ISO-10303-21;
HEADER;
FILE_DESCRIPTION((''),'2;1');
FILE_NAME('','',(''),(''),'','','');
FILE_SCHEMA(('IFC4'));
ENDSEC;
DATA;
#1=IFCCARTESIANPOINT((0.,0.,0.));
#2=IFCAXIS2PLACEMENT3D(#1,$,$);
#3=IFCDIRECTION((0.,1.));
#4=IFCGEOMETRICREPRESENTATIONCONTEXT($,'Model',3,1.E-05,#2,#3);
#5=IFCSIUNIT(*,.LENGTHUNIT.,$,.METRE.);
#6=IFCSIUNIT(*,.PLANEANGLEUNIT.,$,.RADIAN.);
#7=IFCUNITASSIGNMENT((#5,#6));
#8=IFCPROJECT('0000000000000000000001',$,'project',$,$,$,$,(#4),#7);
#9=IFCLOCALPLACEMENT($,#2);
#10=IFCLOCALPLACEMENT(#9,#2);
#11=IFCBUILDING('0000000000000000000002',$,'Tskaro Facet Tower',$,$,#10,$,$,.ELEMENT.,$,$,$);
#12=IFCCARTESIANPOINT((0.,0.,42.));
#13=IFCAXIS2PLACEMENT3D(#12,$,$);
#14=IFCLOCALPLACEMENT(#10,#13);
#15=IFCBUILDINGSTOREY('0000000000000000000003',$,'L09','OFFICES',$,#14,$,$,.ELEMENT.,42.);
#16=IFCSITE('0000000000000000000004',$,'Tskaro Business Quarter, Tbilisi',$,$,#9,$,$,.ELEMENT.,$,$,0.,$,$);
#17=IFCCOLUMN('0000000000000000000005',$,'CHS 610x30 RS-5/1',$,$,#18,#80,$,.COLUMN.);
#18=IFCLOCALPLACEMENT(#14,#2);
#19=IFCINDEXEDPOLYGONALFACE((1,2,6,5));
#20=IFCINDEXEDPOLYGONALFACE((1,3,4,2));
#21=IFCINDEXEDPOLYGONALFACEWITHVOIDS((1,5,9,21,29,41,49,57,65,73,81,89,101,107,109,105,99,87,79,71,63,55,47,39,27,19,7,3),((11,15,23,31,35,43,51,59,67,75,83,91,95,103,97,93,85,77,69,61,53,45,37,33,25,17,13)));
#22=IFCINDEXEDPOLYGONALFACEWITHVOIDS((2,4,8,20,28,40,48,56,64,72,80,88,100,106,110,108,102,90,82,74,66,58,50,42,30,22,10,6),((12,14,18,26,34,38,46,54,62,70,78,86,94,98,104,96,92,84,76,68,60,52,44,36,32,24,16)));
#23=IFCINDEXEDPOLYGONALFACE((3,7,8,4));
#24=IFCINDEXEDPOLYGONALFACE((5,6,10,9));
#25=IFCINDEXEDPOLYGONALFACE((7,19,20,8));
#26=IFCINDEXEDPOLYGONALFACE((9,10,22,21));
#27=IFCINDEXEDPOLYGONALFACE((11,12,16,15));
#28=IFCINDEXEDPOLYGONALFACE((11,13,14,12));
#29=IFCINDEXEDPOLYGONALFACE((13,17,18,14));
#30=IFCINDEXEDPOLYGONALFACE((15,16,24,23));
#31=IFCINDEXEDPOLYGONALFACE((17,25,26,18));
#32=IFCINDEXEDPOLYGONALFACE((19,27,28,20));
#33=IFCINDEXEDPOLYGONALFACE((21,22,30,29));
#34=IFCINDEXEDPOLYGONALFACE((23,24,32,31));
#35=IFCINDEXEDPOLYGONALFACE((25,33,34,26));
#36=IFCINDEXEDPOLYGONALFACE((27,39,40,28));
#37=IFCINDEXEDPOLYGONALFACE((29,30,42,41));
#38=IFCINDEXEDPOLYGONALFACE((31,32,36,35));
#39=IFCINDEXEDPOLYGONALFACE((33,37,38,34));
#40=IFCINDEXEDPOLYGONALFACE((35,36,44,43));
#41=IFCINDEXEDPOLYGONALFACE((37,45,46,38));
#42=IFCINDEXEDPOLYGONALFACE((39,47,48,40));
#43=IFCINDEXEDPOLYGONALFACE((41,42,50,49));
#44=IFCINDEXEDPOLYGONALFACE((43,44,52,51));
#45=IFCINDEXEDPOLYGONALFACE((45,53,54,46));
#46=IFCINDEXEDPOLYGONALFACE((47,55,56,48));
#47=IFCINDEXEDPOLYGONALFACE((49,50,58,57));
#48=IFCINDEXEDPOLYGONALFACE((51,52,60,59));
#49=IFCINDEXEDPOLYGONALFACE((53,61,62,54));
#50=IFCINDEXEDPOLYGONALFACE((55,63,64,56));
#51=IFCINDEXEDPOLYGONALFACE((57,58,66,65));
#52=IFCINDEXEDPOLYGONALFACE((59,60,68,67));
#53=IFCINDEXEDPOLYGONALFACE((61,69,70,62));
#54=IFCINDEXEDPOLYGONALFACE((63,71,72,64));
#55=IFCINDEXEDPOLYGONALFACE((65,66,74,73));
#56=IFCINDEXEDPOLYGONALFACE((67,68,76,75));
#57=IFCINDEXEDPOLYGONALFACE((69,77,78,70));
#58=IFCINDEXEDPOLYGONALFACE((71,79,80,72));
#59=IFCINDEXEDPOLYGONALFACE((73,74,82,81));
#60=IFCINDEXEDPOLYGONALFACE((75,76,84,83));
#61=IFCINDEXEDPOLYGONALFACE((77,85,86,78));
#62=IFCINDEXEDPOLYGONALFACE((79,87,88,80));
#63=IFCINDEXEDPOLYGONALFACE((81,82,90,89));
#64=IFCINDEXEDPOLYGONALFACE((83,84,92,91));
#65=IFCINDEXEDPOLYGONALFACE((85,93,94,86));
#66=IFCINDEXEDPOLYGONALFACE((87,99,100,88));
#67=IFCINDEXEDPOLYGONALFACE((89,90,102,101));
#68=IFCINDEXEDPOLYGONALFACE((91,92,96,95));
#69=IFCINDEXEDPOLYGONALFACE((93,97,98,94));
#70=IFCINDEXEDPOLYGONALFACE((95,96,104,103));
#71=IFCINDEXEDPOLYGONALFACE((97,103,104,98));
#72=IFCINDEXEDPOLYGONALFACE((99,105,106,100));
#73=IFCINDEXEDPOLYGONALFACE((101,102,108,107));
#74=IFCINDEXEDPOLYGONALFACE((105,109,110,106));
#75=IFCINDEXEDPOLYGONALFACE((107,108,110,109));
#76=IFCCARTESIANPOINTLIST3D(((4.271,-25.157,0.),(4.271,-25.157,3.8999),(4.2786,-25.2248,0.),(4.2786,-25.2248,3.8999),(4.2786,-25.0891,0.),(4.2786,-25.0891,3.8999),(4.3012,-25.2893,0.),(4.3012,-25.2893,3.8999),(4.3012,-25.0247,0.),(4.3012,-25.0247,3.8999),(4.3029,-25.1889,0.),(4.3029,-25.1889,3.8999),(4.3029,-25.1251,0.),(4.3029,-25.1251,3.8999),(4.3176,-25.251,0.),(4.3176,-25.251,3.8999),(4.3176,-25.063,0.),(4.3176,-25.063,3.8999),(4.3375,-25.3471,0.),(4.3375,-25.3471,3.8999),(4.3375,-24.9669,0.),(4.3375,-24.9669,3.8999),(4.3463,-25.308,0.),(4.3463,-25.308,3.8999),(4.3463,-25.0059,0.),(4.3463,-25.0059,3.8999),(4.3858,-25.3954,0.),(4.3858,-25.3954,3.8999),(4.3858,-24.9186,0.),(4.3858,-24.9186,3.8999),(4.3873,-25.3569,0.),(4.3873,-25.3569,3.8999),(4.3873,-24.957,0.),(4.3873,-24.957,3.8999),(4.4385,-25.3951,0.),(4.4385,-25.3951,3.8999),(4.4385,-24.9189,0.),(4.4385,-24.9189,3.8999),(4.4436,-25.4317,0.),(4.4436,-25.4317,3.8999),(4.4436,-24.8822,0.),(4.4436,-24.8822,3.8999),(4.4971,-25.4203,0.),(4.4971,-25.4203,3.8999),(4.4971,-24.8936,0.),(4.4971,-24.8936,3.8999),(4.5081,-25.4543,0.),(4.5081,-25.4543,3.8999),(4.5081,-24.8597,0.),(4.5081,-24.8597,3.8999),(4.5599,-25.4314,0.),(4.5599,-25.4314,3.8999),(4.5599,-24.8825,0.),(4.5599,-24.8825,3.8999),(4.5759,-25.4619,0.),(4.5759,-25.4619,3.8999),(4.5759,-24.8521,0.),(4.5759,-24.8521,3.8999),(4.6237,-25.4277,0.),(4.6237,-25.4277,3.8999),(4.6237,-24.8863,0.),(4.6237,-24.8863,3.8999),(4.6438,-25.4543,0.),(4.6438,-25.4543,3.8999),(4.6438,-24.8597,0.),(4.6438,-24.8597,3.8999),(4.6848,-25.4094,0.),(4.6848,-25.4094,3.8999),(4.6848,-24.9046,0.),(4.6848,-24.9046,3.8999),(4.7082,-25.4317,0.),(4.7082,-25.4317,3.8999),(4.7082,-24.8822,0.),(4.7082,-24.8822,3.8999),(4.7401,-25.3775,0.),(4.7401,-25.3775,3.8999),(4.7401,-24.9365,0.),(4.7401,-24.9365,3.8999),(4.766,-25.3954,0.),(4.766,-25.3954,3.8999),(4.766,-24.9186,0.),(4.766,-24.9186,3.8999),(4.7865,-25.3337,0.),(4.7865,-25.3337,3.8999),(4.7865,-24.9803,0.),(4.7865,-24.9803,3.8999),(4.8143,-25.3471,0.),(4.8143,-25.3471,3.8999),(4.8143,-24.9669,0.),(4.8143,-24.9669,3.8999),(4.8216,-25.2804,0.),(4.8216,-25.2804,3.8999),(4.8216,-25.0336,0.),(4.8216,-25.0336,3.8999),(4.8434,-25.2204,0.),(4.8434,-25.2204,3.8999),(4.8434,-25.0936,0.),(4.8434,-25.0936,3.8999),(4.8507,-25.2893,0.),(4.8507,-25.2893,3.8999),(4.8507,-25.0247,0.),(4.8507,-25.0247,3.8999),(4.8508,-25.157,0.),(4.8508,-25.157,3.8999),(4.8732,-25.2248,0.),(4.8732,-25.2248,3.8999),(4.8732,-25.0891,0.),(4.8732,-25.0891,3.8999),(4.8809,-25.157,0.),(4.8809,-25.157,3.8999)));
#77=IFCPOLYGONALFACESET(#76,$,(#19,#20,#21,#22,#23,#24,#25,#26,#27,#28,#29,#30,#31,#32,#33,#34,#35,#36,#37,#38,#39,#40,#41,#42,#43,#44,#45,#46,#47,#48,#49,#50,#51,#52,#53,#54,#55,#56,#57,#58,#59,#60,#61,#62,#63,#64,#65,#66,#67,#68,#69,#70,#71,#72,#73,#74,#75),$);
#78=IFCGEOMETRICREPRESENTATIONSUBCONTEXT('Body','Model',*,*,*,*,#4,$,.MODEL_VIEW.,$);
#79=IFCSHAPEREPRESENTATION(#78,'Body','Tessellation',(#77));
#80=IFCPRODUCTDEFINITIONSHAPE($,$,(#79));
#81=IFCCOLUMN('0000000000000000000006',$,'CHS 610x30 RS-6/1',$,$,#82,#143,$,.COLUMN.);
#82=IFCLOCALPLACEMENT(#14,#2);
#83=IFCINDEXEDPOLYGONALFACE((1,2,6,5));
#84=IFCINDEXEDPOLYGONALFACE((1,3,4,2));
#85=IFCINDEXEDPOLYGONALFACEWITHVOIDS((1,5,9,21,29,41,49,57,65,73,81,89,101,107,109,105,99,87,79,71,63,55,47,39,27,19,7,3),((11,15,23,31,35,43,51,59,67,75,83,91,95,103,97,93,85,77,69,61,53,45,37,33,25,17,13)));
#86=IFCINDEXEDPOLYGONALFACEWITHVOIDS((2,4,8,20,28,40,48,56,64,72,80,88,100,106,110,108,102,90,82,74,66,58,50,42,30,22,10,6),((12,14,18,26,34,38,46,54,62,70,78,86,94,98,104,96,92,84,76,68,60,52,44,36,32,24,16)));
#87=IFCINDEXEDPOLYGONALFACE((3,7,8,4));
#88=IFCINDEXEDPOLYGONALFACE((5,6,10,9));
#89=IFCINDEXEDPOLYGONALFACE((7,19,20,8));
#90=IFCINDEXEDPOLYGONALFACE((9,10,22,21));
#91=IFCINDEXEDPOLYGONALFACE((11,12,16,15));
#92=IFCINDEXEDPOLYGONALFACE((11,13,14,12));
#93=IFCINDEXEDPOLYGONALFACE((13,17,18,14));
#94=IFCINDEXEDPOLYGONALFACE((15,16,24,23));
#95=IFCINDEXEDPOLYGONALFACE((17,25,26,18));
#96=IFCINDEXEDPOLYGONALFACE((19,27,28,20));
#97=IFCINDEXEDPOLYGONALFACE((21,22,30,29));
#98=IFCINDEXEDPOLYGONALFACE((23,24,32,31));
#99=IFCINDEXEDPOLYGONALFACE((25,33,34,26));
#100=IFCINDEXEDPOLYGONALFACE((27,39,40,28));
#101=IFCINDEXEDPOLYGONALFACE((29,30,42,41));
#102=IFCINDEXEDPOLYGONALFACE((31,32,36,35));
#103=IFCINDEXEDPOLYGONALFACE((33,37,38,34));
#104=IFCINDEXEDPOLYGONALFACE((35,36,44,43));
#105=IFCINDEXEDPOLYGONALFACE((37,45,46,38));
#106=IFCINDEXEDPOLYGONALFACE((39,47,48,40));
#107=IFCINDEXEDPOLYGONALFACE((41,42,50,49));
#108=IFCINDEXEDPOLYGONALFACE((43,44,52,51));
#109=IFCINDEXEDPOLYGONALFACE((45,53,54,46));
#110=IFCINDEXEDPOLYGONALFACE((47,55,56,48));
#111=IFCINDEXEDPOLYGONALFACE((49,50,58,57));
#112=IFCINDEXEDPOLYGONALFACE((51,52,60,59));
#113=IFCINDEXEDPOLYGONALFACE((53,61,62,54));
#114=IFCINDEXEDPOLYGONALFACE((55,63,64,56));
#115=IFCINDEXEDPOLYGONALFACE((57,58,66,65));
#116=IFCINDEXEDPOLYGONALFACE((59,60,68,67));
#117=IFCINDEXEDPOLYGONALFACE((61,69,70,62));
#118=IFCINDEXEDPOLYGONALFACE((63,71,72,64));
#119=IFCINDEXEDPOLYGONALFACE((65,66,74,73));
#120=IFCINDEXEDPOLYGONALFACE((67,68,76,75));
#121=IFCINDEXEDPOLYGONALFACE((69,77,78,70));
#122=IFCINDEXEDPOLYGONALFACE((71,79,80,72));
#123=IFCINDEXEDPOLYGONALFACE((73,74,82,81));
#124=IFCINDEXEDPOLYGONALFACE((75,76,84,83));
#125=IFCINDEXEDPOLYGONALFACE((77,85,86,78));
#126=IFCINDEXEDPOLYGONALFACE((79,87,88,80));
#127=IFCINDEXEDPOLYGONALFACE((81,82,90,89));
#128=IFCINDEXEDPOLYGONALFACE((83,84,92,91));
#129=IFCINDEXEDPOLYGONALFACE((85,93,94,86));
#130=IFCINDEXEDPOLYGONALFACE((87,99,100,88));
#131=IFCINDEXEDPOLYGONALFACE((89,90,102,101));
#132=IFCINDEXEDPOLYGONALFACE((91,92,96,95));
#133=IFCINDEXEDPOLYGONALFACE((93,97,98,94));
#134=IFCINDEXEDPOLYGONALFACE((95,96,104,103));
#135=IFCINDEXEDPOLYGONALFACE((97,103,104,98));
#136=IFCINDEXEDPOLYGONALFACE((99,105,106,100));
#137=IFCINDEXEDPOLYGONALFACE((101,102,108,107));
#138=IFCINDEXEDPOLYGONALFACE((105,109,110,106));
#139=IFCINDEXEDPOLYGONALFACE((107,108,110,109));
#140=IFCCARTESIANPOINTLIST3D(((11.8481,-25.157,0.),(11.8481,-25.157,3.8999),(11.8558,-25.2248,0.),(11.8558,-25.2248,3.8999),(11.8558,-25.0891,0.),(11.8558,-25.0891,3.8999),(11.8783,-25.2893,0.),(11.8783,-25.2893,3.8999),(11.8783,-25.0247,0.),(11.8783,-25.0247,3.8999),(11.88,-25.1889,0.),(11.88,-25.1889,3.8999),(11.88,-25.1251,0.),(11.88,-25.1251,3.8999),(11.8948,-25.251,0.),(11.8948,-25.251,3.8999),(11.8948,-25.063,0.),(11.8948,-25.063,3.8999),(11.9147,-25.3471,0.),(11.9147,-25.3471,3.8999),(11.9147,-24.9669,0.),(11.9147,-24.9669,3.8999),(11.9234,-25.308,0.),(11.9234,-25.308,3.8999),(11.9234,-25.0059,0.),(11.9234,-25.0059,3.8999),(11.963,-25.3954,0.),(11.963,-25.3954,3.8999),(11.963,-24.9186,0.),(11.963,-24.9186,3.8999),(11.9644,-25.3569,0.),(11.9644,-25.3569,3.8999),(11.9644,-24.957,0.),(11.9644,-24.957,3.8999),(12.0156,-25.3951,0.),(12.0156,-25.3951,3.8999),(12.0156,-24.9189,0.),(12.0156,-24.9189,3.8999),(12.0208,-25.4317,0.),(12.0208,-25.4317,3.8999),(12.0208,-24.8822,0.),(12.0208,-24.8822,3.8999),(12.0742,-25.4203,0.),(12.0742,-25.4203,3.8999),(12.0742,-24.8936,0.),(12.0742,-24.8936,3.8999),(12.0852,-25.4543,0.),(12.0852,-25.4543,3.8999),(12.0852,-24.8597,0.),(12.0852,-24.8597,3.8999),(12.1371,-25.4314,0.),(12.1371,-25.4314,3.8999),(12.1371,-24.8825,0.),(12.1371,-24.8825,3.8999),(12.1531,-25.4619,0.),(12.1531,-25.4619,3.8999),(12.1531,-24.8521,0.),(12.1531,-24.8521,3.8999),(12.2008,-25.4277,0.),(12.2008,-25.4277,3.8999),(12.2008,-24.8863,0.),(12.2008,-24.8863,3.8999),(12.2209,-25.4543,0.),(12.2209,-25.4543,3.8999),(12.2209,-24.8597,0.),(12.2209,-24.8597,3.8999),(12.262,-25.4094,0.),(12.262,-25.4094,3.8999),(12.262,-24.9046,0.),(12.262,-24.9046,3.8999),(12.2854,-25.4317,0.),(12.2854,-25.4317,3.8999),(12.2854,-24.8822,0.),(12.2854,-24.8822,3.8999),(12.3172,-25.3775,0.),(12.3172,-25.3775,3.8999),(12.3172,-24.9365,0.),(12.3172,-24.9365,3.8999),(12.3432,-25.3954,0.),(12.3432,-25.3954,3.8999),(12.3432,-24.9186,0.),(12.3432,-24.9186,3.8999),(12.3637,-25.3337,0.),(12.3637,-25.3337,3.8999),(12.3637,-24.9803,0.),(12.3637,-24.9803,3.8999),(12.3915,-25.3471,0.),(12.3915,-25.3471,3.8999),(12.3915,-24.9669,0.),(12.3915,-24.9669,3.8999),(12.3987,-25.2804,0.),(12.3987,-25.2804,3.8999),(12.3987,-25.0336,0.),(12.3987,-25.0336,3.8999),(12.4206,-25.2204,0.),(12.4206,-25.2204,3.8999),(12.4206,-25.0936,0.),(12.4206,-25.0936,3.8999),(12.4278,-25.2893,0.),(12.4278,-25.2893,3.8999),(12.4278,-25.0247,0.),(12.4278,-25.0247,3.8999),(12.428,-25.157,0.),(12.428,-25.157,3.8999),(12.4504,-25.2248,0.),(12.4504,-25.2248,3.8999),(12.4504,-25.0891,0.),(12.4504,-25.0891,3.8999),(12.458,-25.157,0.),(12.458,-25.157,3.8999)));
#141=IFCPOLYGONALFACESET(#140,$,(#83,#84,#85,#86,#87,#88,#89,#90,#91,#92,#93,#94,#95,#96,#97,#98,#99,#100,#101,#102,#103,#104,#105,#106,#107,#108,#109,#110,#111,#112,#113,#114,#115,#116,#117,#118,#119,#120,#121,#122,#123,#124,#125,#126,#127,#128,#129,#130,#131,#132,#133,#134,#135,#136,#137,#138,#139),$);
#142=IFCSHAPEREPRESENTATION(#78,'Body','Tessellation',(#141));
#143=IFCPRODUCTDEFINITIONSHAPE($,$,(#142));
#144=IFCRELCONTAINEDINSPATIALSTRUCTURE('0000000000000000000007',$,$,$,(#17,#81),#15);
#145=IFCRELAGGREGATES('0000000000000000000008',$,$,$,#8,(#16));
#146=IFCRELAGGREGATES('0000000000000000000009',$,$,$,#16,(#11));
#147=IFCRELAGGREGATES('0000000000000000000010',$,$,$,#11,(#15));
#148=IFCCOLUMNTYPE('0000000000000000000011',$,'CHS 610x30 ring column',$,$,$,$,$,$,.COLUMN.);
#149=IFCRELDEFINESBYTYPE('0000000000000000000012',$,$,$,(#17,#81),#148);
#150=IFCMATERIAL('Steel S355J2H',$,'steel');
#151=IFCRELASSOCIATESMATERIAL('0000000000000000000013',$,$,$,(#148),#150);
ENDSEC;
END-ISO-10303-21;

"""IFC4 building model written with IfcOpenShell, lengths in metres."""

from ifc_helpers import new_model, si_unit, direction, frame, origin, origin_2d, place, context, subcontext, project, spatial, hollow_circle, extrude, material, material_profile, profile_set, type_object, element, save


model = new_model("IFC4")

# Units and contexts
model_context = context("Model", 3, precision=1e-05, world=origin(), true_north=direction((0.0, 1.0)))
body_context = subcontext(model_context, "Body", "Model", "MODEL_VIEW")
ifc_project = project(units=[si_unit("LENGTHUNIT", "METRE"), si_unit("PLANEANGLEUNIT", "RADIAN")], contexts=[model_context])

# Site, building, storey
site_placement = place(None, origin())
site = spatial("IfcSite", under=ifc_project, at=site_placement, Name="Tskaro Business Quarter, Tbilisi", CompositionType="ELEMENT", RefElevation=0.0)
building_placement = place(site_placement, origin())
building = spatial("IfcBuilding", under=site, at=building_placement, Name="Tskaro Facet Tower", CompositionType="ELEMENT")
storey_placement = place(building_placement, frame((0.0, 0.0, 42.0)))
storey = spatial("IfcBuildingStorey", under=building, at=storey_placement, Name="L09", Description="OFFICES", CompositionType="ELEMENT", Elevation=42.0)

# Columns
ifc_material_1 = material(Name="Steel S355J2H", Category="steel")
ifc_material_profile_1 = material_profile(ifc_material_1, hollow_circle(Radius=0.3049, WallThickness=0.03, at=origin_2d()), Name="CHS 610x30")
ifc_profile_set_1 = profile_set([ifc_material_profile_1], Name="Steel S355J2H")
column_type_1 = type_object("IfcColumnType", Name="CHS 610x30 ring column", PredefinedType="COLUMN", material=ifc_profile_set_1)
for number, where, z_axis, x_axis, name in (
    (1, (4.5759, -25.157, 0.0), (0.0, 0.0, 1.0), (1.0, 0.0, 0.0), "CHS 610x30 RS-5/1"),
    (2, (12.1531, -25.157, 0.0), (0.0, 0.0, 1.0), (1.0, 0.0, 0.0), "CHS 610x30 RS-6/1"),
):
    element("IfcColumn", number, at=place(storey_placement, frame(where, z_axis=z_axis, x_axis=x_axis)), inside=storey, type_object=column_type_1, Name=name, PredefinedType="COLUMN", context=body_context, shape_type="SweptSolid", body=[
        extrude(hollow_circle(Radius=0.3049, WallThickness=0.03, at=origin_2d()), origin(), (0.0, 0.0, 1.0), 3.8999),
    ])

save(model, "model.ifc")
